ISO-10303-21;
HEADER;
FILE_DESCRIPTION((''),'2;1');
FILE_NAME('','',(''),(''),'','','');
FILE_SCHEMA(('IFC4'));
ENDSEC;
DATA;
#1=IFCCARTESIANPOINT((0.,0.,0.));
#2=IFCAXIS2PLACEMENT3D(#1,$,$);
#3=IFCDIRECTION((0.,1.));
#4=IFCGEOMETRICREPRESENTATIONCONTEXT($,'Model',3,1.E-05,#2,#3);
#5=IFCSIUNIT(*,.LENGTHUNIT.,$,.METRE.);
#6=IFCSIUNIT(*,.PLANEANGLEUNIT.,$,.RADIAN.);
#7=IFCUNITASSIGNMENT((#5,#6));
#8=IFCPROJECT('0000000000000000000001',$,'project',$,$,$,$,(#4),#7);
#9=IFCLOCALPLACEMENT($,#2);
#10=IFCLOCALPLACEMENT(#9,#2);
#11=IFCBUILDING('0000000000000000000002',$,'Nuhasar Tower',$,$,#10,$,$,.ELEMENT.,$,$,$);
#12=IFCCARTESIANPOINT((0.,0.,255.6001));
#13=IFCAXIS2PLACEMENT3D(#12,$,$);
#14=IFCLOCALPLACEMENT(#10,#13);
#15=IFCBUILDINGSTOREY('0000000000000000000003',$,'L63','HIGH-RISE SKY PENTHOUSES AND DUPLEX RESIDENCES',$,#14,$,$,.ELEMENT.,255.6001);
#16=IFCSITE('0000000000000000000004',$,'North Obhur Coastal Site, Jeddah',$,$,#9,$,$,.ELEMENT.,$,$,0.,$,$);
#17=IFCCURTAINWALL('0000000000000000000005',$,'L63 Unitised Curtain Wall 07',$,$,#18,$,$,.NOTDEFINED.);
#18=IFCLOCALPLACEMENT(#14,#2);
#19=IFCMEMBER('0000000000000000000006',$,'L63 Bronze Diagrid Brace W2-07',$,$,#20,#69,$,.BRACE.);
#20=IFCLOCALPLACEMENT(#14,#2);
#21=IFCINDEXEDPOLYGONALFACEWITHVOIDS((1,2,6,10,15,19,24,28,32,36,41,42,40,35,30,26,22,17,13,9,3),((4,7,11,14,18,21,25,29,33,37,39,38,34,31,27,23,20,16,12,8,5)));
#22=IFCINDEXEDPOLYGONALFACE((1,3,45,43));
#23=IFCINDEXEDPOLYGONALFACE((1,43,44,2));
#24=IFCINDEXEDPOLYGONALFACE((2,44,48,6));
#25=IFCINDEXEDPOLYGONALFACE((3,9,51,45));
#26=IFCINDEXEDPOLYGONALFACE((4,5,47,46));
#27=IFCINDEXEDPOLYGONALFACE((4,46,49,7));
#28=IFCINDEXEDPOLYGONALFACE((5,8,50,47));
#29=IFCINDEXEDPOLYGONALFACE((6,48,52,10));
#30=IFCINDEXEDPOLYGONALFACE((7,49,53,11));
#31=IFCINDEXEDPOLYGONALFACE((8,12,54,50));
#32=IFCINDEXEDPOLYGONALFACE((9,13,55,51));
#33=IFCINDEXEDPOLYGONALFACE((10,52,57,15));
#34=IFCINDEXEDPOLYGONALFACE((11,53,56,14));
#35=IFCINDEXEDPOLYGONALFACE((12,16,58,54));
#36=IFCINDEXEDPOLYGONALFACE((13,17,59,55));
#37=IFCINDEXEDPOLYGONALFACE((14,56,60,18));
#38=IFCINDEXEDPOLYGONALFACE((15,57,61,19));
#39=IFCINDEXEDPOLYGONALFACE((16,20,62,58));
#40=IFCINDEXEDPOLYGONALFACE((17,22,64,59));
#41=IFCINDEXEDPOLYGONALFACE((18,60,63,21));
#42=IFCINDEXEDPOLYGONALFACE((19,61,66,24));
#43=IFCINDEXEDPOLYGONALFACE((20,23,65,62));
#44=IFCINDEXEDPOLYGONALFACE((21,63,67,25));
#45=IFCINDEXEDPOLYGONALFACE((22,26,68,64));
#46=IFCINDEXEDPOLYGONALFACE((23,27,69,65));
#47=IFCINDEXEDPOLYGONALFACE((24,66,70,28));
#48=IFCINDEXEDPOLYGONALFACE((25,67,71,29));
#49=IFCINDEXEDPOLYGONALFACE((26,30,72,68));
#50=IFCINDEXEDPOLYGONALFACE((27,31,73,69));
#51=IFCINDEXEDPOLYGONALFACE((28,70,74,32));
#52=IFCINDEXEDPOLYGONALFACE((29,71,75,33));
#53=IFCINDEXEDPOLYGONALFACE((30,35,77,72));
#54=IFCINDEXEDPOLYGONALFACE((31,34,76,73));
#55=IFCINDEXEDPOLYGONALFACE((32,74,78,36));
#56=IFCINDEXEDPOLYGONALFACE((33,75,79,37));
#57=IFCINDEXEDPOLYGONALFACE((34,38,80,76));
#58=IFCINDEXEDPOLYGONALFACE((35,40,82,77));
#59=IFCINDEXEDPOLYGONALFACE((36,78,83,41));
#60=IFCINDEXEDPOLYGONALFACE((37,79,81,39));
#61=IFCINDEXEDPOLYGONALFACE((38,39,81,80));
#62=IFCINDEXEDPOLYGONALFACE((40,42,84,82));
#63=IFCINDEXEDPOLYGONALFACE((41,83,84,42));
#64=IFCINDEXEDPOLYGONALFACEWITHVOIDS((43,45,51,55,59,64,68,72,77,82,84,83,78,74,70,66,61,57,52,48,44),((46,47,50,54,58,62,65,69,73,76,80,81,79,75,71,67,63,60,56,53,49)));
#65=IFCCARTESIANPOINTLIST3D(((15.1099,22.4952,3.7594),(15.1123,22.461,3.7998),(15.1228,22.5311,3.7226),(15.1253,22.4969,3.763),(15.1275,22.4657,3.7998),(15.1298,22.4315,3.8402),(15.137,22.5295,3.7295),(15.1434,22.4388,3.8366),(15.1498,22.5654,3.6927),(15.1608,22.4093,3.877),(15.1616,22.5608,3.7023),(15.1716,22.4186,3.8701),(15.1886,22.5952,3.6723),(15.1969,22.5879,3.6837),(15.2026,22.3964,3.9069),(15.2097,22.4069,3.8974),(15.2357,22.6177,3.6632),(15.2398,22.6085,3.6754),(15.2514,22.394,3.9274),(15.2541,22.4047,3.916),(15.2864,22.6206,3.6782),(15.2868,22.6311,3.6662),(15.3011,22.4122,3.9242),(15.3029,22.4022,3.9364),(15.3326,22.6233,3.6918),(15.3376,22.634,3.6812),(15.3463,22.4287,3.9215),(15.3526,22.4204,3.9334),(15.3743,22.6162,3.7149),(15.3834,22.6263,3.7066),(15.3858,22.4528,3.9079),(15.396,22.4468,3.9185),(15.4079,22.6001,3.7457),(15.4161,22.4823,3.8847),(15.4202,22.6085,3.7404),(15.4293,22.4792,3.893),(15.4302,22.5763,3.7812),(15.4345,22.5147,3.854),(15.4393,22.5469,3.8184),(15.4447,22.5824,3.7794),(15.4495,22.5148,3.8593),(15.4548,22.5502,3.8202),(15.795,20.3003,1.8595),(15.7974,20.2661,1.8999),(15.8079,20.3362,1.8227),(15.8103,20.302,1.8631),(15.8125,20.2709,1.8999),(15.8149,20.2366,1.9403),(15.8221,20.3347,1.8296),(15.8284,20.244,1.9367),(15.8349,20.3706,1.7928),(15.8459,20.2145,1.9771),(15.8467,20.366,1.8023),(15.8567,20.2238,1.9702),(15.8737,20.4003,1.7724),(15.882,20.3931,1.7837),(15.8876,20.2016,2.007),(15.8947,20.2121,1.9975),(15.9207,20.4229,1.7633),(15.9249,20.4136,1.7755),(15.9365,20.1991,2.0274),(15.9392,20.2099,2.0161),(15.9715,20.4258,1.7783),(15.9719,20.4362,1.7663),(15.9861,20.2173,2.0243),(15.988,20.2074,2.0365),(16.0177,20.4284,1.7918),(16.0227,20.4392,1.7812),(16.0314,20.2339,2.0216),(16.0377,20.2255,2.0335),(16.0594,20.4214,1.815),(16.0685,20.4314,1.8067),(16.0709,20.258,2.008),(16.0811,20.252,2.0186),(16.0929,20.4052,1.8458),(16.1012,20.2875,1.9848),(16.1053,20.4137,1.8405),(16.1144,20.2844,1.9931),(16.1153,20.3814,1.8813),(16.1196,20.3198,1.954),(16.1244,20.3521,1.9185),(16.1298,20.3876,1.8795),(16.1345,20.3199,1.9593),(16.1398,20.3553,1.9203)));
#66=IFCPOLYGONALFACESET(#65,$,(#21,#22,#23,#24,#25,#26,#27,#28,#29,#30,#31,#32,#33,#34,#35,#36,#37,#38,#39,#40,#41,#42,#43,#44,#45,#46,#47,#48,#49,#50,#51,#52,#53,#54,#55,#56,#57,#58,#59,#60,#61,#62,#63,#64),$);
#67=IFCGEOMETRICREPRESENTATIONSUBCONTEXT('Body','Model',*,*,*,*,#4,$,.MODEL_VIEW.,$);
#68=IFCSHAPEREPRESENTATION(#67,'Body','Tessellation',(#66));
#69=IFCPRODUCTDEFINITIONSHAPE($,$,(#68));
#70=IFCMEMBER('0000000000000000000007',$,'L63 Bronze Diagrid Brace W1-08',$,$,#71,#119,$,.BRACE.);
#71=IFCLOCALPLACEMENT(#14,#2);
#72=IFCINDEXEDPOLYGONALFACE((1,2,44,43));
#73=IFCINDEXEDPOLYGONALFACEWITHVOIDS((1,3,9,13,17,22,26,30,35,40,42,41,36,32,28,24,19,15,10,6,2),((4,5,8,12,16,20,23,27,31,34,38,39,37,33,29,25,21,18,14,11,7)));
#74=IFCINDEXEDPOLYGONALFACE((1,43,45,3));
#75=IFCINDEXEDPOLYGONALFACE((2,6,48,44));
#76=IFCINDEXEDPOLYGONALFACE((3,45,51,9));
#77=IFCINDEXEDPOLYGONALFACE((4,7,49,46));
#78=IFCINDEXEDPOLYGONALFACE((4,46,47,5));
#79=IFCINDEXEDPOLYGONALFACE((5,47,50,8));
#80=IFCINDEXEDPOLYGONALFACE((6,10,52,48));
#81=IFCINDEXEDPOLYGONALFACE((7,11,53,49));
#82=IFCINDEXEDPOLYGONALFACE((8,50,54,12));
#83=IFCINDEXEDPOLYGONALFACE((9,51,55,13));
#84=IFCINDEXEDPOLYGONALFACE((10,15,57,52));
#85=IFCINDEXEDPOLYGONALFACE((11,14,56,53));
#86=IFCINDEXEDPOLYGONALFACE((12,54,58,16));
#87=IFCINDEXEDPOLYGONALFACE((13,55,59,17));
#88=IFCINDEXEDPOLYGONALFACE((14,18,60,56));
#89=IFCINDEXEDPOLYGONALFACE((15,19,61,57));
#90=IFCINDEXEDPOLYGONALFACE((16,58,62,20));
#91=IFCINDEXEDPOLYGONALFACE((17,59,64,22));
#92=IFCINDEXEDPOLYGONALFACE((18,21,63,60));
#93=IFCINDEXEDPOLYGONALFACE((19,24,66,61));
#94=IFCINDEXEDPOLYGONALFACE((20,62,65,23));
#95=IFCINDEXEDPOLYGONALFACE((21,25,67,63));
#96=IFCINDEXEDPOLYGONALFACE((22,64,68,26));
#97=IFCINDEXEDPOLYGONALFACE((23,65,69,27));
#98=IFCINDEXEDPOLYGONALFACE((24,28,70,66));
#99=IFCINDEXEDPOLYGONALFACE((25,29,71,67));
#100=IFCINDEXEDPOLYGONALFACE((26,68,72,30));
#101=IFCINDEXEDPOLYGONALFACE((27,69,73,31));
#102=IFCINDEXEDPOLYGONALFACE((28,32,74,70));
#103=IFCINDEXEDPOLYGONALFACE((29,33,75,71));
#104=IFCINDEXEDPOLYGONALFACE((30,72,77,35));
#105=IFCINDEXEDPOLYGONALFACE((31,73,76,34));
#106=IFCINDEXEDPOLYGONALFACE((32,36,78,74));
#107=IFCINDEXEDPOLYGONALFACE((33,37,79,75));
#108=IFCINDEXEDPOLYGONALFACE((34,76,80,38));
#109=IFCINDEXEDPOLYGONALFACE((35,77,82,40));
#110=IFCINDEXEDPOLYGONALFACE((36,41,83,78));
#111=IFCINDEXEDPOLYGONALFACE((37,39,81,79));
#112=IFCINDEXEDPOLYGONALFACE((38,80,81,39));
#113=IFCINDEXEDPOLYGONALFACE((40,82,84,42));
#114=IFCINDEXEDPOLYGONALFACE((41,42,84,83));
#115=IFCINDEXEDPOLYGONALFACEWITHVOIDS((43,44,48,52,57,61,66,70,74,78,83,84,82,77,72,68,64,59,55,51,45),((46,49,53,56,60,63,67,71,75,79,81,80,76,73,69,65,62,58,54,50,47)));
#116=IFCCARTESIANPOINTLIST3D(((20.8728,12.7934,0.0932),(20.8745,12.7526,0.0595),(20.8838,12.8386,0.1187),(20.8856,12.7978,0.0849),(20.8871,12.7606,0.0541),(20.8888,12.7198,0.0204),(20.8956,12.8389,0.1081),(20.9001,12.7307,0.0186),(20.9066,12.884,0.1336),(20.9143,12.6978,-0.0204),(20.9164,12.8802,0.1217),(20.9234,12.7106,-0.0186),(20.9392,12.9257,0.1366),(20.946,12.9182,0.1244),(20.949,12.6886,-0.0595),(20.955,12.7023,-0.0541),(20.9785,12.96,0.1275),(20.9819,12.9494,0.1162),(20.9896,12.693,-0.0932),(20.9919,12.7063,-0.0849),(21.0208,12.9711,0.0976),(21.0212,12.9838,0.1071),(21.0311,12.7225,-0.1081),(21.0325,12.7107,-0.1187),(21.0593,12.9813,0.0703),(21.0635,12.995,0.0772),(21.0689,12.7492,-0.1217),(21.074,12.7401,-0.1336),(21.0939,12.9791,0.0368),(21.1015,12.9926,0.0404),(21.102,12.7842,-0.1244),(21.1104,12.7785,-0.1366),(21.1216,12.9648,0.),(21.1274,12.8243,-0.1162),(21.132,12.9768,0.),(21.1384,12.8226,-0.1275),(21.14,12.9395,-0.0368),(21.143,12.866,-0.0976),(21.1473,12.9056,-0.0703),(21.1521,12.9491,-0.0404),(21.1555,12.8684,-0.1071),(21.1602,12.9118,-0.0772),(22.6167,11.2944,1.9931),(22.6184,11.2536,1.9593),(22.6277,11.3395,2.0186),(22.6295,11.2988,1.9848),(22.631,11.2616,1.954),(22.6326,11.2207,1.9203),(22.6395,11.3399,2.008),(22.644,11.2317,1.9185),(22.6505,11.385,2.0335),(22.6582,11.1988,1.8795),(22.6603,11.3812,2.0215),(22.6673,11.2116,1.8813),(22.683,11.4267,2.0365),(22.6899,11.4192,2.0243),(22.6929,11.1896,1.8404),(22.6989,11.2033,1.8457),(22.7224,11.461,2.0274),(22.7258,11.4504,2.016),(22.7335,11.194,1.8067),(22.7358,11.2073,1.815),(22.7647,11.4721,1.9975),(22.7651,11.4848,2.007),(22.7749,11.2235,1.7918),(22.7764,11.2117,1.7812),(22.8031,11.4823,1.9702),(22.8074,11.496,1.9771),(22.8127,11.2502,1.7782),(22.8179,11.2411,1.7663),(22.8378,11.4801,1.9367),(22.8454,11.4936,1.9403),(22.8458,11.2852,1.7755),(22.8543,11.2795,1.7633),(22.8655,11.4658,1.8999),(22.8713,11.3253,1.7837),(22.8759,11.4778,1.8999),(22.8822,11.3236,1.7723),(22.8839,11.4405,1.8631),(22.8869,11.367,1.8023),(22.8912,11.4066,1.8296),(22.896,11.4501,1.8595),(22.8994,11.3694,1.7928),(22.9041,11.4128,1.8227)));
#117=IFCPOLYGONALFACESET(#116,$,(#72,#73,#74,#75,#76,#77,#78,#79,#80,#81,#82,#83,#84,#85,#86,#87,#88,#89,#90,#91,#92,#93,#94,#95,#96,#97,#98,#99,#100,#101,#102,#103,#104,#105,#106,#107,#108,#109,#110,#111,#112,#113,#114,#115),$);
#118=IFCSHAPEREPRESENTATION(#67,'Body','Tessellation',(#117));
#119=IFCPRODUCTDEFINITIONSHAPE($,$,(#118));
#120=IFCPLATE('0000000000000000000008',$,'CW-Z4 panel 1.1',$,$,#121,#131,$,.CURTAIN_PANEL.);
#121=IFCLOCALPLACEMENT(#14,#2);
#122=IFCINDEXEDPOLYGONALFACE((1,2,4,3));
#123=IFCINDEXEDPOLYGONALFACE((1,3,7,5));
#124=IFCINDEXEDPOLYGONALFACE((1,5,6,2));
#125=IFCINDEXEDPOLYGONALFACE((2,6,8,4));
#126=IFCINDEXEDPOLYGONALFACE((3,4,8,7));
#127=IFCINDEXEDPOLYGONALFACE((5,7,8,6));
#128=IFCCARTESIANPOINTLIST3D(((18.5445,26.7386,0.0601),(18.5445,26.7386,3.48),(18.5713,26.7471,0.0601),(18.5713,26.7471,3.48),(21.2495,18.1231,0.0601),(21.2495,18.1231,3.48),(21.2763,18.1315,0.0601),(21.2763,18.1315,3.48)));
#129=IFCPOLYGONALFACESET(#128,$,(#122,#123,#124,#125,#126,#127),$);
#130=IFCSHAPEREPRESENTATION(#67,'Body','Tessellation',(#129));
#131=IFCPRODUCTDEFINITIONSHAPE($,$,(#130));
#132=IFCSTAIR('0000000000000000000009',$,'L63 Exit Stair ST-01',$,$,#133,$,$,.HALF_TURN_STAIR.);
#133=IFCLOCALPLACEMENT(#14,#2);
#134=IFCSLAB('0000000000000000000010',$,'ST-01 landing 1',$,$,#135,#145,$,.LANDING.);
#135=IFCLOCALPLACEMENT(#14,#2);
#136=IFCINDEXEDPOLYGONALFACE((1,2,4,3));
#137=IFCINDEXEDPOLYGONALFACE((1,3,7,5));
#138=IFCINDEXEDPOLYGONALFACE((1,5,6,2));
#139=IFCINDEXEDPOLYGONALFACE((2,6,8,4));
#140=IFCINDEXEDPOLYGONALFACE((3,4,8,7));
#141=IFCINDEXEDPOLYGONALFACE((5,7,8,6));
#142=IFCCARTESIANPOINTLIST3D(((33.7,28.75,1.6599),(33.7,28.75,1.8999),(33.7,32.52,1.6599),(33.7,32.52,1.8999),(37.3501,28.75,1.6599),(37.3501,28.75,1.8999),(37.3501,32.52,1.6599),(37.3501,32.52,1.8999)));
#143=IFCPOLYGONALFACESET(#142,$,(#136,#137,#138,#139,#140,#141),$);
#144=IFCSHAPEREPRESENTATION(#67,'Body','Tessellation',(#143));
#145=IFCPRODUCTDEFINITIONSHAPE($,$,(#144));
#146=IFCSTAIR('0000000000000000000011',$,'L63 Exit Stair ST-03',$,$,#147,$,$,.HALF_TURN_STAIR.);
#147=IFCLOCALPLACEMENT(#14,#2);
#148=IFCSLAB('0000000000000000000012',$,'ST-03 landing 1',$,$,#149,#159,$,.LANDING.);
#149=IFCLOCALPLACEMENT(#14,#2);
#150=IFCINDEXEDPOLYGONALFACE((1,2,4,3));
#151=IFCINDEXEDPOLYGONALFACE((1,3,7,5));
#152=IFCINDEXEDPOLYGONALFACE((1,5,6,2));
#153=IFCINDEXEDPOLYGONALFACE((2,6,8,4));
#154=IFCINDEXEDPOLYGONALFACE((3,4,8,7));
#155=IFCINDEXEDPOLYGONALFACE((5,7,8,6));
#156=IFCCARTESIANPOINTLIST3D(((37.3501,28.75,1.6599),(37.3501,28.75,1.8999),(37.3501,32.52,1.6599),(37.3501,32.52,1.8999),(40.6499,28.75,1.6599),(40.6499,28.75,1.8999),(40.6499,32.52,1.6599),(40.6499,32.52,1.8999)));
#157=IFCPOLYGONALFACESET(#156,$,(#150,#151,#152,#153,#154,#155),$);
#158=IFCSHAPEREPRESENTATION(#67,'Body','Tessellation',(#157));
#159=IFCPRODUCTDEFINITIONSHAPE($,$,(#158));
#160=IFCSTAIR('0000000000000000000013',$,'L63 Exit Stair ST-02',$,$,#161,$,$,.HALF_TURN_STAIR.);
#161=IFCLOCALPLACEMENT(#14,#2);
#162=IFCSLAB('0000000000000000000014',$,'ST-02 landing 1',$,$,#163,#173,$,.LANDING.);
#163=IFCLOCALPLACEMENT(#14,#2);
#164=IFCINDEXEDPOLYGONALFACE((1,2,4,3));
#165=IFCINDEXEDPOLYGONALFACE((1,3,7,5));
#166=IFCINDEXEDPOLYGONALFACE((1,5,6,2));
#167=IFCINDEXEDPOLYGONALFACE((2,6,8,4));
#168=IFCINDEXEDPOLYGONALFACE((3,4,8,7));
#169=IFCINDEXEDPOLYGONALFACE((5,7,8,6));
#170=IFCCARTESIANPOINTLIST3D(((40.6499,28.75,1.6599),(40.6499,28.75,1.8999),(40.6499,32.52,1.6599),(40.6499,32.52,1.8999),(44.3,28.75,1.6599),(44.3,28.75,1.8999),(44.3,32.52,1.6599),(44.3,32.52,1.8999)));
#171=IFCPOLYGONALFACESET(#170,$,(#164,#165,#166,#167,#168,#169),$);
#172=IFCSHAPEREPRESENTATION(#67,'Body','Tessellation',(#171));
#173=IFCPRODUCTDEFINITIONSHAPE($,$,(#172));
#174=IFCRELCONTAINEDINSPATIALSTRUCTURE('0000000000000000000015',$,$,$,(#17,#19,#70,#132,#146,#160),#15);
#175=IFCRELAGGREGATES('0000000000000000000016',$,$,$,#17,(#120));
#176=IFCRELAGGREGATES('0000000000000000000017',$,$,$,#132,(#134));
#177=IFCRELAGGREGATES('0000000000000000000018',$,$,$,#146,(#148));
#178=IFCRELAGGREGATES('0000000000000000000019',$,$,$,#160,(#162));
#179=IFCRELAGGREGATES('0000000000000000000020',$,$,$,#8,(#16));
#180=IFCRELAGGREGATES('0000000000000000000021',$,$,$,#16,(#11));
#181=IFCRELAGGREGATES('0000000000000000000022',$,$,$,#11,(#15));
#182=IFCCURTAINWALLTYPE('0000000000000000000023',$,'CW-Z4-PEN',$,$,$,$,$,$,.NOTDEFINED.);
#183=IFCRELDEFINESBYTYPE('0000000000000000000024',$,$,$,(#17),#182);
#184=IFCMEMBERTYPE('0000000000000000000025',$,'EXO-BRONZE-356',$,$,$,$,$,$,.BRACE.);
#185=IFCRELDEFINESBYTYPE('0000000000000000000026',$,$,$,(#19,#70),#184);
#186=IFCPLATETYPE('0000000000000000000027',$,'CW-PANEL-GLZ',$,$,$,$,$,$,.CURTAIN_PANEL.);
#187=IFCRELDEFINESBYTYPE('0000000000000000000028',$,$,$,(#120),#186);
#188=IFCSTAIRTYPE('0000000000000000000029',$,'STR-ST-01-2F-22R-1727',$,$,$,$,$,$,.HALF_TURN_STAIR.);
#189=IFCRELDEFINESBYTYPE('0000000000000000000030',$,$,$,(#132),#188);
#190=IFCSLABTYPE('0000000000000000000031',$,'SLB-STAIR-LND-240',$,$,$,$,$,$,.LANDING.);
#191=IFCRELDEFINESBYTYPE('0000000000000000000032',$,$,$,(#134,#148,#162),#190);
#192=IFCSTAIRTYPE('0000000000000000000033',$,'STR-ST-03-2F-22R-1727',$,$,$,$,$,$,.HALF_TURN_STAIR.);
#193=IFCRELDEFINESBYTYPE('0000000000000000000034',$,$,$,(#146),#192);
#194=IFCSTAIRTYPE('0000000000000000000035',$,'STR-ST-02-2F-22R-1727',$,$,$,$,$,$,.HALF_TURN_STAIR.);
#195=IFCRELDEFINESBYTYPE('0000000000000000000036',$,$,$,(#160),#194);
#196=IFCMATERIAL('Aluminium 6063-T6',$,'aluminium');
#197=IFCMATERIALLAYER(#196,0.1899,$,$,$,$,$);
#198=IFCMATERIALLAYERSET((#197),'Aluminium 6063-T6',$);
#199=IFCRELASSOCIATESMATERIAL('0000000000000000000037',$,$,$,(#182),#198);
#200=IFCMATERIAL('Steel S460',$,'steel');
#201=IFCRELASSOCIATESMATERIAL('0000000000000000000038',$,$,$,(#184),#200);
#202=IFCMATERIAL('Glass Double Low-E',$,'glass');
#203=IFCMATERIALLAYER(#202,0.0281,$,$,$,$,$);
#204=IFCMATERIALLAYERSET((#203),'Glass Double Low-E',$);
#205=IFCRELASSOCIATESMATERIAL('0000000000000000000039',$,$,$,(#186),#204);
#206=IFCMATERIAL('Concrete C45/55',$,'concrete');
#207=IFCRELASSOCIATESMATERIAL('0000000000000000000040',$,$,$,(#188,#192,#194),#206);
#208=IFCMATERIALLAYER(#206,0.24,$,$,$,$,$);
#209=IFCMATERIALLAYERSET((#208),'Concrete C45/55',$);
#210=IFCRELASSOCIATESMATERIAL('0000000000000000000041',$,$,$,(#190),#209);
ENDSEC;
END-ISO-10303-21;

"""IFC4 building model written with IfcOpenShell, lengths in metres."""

from ifc_helpers import new_model, si_unit, direction, frame, origin, origin_2d, place, context, subcontext, project, spatial, polyline, rectangle, hollow_circle, outline, extrude, material, layer, layer_set, material_profile, profile_set, type_object, element, aggregate, save


model = new_model("IFC4")

# Units and contexts
model_context = context("Model", 3, precision=1e-05, world=origin(), true_north=direction((0.0, 1.0)))
body_context = subcontext(model_context, "Body", "Model", "MODEL_VIEW")
ifc_project = project(units=[si_unit("LENGTHUNIT", "METRE"), si_unit("PLANEANGLEUNIT", "RADIAN")], contexts=[model_context])

# Site, building, storey
site_placement = place(None, origin())
site = spatial("IfcSite", under=ifc_project, at=site_placement, Name="North Obhur Coastal Site, Jeddah", CompositionType="ELEMENT", RefElevation=0.0)
building_placement = place(site_placement, origin())
building = spatial("IfcBuilding", under=site, at=building_placement, Name="Nuhasar Tower", CompositionType="ELEMENT")
storey_placement = place(building_placement, frame((0.0, 0.0, 255.6001)))
storey = spatial("IfcBuildingStorey", under=building, at=storey_placement, Name="L63", Description="HIGH-RISE SKY PENTHOUSES AND DUPLEX RESIDENCES", CompositionType="ELEMENT", Elevation=255.6001)

# Shared definitions
ifc_material_1 = material(Name="Steel S460", Category="steel")

# Curtain wall
ifc_material_2 = material(Name="Aluminium 6063-T6", Category="aluminium")
ifc_layer_1 = layer(ifc_material_2, 0.1899)
ifc_layer_set_1 = layer_set([ifc_layer_1], Name="Aluminium 6063-T6")
curtain_wall_type = type_object("IfcCurtainWallType", Name="CW-Z4-PEN", PredefinedType="NOTDEFINED", material=ifc_layer_set_1)
curtain_wall_1_placement = place(storey_placement, origin())
curtain_wall_1 = element("IfcCurtainWall", 1, at=curtain_wall_1_placement, inside=storey, type_object=curtain_wall_type, Name="L63 Unitised Curtain Wall 07", PredefinedType="NOTDEFINED")

# Members
ifc_material_profile_1 = material_profile(ifc_material_1, hollow_circle(Radius=0.1777, WallThickness=0.0159, at=origin_2d()), Name="HSS355.6X15.9")
ifc_profile_set_1 = profile_set([ifc_material_profile_1], Name="Steel S460")
member_type_1 = type_object("IfcMemberType", Name="EXO-BRONZE-356", PredefinedType="BRACE", material=ifc_profile_set_1)
for number, where, z_axis, x_axis, name in (
    (2, (15.967, 20.3191, 1.8999), (-0.229681, 0.735864, 0.636985), (-0.954582, -0.297948, 0.0), "L63 Bronze Diagrid Brace W2-07"),
):
    element("IfcMember", number, at=place(storey_placement, frame(where, z_axis=z_axis, x_axis=x_axis)), inside=storey, type_object=member_type_1, Name=name, PredefinedType="BRACE", context=body_context, shape_type="SweptSolid", body=[
        extrude(hollow_circle(Radius=0.1777, WallThickness=0.0159, at=origin_2d()), origin(), (0.0, 0.0, 1.0), 2.9827),
    ])
member_1_placement = place(storey_placement, frame((21.0161, 12.842, 0.0), z_axis=(0.584625, -0.502534, 0.636925), x_axis=(0.651857, 0.758342, 0.0)))
element("IfcMember", 3, at=member_1_placement, inside=storey, type_object=member_type_1, Name="L63 Bronze Diagrid Brace W1-08", PredefinedType="BRACE", context=body_context, shape_type="SweptSolid", body=[
    extrude(hollow_circle(Radius=0.1777, WallThickness=0.0159, at=origin_2d()), origin(), (0.0, 0.0, 1.0), 2.9829),
])

# Plate
ifc_material_3 = material(Name="Glass Double Low-E", Category="glass")
ifc_layer_2 = layer(ifc_material_3, 0.0281)
ifc_layer_set_2 = layer_set([ifc_layer_2], Name="Glass Double Low-E")
plate_type = type_object("IfcPlateType", Name="CW-PANEL-GLZ", PredefinedType="CURTAIN_PANEL", material=ifc_layer_set_2)
plate_placement = place(storey_placement, frame((19.9104, 22.4351, 0.0601), z_axis=(0.0, 0.0, 1.0), x_axis=(0.299557, -0.954079, 0.0)))
plate = element("IfcPlate", 4, at=plate_placement, type_object=plate_type, Name="CW-Z4 panel 1.1", PredefinedType="CURTAIN_PANEL", context=body_context, shape_type="SweptSolid", body=[
    extrude(rectangle(XDim=9.0303, YDim=0.0281, at=origin_2d()), origin(), (0.0, 0.0, 1.0), 3.4199),
])
aggregate(curtain_wall_1, [plate])

# Stairs, slabs
ifc_material_4 = material(Name="Concrete C45/55", Category="concrete")
stair_type_1 = type_object("IfcStairType", Name="STR-ST-01-2F-22R-1727", PredefinedType="HALF_TURN_STAIR", material=ifc_material_4)
stair_1_placement = place(storey_placement, origin())
stair_1 = element("IfcStair", 5, at=stair_1_placement, inside=storey, type_object=stair_type_1, Name="L63 Exit Stair ST-01", PredefinedType="HALF_TURN_STAIR")
ifc_layer_3 = layer(ifc_material_4, 0.24)
ifc_layer_set_3 = layer_set([ifc_layer_3], Name="Concrete C45/55")
slab_type_1 = type_object("IfcSlabType", Name="SLB-STAIR-LND-240", PredefinedType="LANDING", material=ifc_layer_set_3)
slab_1_placement = place(storey_placement, frame((0.0, 0.0, 1.6599)))
slab_1 = element("IfcSlab", 6, at=slab_1_placement, type_object=slab_type_1, Name="ST-01 landing 1", PredefinedType="LANDING", context=body_context, shape_type="SweptSolid", body=[
    extrude(outline(polyline([(33.7, 28.75), (37.3501, 28.75), (37.3501, 32.52), (33.7, 32.52), (33.7, 28.75)])), origin(), (0.0, 0.0, 1.0), 0.24),
])
aggregate(stair_1, [slab_1])
stair_type_2 = type_object("IfcStairType", Name="STR-ST-03-2F-22R-1727", PredefinedType="HALF_TURN_STAIR", material=ifc_material_4)
stair_2_placement = place(storey_placement, origin())
stair_2 = element("IfcStair", 7, at=stair_2_placement, inside=storey, type_object=stair_type_2, Name="L63 Exit Stair ST-03", PredefinedType="HALF_TURN_STAIR")
slab_2_placement = place(storey_placement, frame((0.0, 0.0, 1.6599)))
slab_2 = element("IfcSlab", 8, at=slab_2_placement, type_object=slab_type_1, Name="ST-03 landing 1", PredefinedType="LANDING", context=body_context, shape_type="SweptSolid", body=[
    extrude(outline(polyline([(37.3501, 28.75), (40.6499, 28.75), (40.6499, 32.52), (37.3501, 32.52), (37.3501, 28.75)])), origin(), (0.0, 0.0, 1.0), 0.24),
])
aggregate(stair_2, [slab_2])
stair_type_3 = type_object("IfcStairType", Name="STR-ST-02-2F-22R-1727", PredefinedType="HALF_TURN_STAIR", material=ifc_material_4)
stair_3_placement = place(storey_placement, origin())
stair_3 = element("IfcStair", 9, at=stair_3_placement, inside=storey, type_object=stair_type_3, Name="L63 Exit Stair ST-02", PredefinedType="HALF_TURN_STAIR")
slab_3_placement = place(storey_placement, frame((0.0, 0.0, 1.6599)))
slab_3 = element("IfcSlab", 10, at=slab_3_placement, type_object=slab_type_1, Name="ST-02 landing 1", PredefinedType="LANDING", context=body_context, shape_type="SweptSolid", body=[
    extrude(outline(polyline([(40.6499, 28.75), (44.3, 28.75), (44.3, 32.52), (40.6499, 32.52), (40.6499, 28.75)])), origin(), (0.0, 0.0, 1.0), 0.24),
])
aggregate(stair_3, [slab_3])

save(model, "model.ifc")
